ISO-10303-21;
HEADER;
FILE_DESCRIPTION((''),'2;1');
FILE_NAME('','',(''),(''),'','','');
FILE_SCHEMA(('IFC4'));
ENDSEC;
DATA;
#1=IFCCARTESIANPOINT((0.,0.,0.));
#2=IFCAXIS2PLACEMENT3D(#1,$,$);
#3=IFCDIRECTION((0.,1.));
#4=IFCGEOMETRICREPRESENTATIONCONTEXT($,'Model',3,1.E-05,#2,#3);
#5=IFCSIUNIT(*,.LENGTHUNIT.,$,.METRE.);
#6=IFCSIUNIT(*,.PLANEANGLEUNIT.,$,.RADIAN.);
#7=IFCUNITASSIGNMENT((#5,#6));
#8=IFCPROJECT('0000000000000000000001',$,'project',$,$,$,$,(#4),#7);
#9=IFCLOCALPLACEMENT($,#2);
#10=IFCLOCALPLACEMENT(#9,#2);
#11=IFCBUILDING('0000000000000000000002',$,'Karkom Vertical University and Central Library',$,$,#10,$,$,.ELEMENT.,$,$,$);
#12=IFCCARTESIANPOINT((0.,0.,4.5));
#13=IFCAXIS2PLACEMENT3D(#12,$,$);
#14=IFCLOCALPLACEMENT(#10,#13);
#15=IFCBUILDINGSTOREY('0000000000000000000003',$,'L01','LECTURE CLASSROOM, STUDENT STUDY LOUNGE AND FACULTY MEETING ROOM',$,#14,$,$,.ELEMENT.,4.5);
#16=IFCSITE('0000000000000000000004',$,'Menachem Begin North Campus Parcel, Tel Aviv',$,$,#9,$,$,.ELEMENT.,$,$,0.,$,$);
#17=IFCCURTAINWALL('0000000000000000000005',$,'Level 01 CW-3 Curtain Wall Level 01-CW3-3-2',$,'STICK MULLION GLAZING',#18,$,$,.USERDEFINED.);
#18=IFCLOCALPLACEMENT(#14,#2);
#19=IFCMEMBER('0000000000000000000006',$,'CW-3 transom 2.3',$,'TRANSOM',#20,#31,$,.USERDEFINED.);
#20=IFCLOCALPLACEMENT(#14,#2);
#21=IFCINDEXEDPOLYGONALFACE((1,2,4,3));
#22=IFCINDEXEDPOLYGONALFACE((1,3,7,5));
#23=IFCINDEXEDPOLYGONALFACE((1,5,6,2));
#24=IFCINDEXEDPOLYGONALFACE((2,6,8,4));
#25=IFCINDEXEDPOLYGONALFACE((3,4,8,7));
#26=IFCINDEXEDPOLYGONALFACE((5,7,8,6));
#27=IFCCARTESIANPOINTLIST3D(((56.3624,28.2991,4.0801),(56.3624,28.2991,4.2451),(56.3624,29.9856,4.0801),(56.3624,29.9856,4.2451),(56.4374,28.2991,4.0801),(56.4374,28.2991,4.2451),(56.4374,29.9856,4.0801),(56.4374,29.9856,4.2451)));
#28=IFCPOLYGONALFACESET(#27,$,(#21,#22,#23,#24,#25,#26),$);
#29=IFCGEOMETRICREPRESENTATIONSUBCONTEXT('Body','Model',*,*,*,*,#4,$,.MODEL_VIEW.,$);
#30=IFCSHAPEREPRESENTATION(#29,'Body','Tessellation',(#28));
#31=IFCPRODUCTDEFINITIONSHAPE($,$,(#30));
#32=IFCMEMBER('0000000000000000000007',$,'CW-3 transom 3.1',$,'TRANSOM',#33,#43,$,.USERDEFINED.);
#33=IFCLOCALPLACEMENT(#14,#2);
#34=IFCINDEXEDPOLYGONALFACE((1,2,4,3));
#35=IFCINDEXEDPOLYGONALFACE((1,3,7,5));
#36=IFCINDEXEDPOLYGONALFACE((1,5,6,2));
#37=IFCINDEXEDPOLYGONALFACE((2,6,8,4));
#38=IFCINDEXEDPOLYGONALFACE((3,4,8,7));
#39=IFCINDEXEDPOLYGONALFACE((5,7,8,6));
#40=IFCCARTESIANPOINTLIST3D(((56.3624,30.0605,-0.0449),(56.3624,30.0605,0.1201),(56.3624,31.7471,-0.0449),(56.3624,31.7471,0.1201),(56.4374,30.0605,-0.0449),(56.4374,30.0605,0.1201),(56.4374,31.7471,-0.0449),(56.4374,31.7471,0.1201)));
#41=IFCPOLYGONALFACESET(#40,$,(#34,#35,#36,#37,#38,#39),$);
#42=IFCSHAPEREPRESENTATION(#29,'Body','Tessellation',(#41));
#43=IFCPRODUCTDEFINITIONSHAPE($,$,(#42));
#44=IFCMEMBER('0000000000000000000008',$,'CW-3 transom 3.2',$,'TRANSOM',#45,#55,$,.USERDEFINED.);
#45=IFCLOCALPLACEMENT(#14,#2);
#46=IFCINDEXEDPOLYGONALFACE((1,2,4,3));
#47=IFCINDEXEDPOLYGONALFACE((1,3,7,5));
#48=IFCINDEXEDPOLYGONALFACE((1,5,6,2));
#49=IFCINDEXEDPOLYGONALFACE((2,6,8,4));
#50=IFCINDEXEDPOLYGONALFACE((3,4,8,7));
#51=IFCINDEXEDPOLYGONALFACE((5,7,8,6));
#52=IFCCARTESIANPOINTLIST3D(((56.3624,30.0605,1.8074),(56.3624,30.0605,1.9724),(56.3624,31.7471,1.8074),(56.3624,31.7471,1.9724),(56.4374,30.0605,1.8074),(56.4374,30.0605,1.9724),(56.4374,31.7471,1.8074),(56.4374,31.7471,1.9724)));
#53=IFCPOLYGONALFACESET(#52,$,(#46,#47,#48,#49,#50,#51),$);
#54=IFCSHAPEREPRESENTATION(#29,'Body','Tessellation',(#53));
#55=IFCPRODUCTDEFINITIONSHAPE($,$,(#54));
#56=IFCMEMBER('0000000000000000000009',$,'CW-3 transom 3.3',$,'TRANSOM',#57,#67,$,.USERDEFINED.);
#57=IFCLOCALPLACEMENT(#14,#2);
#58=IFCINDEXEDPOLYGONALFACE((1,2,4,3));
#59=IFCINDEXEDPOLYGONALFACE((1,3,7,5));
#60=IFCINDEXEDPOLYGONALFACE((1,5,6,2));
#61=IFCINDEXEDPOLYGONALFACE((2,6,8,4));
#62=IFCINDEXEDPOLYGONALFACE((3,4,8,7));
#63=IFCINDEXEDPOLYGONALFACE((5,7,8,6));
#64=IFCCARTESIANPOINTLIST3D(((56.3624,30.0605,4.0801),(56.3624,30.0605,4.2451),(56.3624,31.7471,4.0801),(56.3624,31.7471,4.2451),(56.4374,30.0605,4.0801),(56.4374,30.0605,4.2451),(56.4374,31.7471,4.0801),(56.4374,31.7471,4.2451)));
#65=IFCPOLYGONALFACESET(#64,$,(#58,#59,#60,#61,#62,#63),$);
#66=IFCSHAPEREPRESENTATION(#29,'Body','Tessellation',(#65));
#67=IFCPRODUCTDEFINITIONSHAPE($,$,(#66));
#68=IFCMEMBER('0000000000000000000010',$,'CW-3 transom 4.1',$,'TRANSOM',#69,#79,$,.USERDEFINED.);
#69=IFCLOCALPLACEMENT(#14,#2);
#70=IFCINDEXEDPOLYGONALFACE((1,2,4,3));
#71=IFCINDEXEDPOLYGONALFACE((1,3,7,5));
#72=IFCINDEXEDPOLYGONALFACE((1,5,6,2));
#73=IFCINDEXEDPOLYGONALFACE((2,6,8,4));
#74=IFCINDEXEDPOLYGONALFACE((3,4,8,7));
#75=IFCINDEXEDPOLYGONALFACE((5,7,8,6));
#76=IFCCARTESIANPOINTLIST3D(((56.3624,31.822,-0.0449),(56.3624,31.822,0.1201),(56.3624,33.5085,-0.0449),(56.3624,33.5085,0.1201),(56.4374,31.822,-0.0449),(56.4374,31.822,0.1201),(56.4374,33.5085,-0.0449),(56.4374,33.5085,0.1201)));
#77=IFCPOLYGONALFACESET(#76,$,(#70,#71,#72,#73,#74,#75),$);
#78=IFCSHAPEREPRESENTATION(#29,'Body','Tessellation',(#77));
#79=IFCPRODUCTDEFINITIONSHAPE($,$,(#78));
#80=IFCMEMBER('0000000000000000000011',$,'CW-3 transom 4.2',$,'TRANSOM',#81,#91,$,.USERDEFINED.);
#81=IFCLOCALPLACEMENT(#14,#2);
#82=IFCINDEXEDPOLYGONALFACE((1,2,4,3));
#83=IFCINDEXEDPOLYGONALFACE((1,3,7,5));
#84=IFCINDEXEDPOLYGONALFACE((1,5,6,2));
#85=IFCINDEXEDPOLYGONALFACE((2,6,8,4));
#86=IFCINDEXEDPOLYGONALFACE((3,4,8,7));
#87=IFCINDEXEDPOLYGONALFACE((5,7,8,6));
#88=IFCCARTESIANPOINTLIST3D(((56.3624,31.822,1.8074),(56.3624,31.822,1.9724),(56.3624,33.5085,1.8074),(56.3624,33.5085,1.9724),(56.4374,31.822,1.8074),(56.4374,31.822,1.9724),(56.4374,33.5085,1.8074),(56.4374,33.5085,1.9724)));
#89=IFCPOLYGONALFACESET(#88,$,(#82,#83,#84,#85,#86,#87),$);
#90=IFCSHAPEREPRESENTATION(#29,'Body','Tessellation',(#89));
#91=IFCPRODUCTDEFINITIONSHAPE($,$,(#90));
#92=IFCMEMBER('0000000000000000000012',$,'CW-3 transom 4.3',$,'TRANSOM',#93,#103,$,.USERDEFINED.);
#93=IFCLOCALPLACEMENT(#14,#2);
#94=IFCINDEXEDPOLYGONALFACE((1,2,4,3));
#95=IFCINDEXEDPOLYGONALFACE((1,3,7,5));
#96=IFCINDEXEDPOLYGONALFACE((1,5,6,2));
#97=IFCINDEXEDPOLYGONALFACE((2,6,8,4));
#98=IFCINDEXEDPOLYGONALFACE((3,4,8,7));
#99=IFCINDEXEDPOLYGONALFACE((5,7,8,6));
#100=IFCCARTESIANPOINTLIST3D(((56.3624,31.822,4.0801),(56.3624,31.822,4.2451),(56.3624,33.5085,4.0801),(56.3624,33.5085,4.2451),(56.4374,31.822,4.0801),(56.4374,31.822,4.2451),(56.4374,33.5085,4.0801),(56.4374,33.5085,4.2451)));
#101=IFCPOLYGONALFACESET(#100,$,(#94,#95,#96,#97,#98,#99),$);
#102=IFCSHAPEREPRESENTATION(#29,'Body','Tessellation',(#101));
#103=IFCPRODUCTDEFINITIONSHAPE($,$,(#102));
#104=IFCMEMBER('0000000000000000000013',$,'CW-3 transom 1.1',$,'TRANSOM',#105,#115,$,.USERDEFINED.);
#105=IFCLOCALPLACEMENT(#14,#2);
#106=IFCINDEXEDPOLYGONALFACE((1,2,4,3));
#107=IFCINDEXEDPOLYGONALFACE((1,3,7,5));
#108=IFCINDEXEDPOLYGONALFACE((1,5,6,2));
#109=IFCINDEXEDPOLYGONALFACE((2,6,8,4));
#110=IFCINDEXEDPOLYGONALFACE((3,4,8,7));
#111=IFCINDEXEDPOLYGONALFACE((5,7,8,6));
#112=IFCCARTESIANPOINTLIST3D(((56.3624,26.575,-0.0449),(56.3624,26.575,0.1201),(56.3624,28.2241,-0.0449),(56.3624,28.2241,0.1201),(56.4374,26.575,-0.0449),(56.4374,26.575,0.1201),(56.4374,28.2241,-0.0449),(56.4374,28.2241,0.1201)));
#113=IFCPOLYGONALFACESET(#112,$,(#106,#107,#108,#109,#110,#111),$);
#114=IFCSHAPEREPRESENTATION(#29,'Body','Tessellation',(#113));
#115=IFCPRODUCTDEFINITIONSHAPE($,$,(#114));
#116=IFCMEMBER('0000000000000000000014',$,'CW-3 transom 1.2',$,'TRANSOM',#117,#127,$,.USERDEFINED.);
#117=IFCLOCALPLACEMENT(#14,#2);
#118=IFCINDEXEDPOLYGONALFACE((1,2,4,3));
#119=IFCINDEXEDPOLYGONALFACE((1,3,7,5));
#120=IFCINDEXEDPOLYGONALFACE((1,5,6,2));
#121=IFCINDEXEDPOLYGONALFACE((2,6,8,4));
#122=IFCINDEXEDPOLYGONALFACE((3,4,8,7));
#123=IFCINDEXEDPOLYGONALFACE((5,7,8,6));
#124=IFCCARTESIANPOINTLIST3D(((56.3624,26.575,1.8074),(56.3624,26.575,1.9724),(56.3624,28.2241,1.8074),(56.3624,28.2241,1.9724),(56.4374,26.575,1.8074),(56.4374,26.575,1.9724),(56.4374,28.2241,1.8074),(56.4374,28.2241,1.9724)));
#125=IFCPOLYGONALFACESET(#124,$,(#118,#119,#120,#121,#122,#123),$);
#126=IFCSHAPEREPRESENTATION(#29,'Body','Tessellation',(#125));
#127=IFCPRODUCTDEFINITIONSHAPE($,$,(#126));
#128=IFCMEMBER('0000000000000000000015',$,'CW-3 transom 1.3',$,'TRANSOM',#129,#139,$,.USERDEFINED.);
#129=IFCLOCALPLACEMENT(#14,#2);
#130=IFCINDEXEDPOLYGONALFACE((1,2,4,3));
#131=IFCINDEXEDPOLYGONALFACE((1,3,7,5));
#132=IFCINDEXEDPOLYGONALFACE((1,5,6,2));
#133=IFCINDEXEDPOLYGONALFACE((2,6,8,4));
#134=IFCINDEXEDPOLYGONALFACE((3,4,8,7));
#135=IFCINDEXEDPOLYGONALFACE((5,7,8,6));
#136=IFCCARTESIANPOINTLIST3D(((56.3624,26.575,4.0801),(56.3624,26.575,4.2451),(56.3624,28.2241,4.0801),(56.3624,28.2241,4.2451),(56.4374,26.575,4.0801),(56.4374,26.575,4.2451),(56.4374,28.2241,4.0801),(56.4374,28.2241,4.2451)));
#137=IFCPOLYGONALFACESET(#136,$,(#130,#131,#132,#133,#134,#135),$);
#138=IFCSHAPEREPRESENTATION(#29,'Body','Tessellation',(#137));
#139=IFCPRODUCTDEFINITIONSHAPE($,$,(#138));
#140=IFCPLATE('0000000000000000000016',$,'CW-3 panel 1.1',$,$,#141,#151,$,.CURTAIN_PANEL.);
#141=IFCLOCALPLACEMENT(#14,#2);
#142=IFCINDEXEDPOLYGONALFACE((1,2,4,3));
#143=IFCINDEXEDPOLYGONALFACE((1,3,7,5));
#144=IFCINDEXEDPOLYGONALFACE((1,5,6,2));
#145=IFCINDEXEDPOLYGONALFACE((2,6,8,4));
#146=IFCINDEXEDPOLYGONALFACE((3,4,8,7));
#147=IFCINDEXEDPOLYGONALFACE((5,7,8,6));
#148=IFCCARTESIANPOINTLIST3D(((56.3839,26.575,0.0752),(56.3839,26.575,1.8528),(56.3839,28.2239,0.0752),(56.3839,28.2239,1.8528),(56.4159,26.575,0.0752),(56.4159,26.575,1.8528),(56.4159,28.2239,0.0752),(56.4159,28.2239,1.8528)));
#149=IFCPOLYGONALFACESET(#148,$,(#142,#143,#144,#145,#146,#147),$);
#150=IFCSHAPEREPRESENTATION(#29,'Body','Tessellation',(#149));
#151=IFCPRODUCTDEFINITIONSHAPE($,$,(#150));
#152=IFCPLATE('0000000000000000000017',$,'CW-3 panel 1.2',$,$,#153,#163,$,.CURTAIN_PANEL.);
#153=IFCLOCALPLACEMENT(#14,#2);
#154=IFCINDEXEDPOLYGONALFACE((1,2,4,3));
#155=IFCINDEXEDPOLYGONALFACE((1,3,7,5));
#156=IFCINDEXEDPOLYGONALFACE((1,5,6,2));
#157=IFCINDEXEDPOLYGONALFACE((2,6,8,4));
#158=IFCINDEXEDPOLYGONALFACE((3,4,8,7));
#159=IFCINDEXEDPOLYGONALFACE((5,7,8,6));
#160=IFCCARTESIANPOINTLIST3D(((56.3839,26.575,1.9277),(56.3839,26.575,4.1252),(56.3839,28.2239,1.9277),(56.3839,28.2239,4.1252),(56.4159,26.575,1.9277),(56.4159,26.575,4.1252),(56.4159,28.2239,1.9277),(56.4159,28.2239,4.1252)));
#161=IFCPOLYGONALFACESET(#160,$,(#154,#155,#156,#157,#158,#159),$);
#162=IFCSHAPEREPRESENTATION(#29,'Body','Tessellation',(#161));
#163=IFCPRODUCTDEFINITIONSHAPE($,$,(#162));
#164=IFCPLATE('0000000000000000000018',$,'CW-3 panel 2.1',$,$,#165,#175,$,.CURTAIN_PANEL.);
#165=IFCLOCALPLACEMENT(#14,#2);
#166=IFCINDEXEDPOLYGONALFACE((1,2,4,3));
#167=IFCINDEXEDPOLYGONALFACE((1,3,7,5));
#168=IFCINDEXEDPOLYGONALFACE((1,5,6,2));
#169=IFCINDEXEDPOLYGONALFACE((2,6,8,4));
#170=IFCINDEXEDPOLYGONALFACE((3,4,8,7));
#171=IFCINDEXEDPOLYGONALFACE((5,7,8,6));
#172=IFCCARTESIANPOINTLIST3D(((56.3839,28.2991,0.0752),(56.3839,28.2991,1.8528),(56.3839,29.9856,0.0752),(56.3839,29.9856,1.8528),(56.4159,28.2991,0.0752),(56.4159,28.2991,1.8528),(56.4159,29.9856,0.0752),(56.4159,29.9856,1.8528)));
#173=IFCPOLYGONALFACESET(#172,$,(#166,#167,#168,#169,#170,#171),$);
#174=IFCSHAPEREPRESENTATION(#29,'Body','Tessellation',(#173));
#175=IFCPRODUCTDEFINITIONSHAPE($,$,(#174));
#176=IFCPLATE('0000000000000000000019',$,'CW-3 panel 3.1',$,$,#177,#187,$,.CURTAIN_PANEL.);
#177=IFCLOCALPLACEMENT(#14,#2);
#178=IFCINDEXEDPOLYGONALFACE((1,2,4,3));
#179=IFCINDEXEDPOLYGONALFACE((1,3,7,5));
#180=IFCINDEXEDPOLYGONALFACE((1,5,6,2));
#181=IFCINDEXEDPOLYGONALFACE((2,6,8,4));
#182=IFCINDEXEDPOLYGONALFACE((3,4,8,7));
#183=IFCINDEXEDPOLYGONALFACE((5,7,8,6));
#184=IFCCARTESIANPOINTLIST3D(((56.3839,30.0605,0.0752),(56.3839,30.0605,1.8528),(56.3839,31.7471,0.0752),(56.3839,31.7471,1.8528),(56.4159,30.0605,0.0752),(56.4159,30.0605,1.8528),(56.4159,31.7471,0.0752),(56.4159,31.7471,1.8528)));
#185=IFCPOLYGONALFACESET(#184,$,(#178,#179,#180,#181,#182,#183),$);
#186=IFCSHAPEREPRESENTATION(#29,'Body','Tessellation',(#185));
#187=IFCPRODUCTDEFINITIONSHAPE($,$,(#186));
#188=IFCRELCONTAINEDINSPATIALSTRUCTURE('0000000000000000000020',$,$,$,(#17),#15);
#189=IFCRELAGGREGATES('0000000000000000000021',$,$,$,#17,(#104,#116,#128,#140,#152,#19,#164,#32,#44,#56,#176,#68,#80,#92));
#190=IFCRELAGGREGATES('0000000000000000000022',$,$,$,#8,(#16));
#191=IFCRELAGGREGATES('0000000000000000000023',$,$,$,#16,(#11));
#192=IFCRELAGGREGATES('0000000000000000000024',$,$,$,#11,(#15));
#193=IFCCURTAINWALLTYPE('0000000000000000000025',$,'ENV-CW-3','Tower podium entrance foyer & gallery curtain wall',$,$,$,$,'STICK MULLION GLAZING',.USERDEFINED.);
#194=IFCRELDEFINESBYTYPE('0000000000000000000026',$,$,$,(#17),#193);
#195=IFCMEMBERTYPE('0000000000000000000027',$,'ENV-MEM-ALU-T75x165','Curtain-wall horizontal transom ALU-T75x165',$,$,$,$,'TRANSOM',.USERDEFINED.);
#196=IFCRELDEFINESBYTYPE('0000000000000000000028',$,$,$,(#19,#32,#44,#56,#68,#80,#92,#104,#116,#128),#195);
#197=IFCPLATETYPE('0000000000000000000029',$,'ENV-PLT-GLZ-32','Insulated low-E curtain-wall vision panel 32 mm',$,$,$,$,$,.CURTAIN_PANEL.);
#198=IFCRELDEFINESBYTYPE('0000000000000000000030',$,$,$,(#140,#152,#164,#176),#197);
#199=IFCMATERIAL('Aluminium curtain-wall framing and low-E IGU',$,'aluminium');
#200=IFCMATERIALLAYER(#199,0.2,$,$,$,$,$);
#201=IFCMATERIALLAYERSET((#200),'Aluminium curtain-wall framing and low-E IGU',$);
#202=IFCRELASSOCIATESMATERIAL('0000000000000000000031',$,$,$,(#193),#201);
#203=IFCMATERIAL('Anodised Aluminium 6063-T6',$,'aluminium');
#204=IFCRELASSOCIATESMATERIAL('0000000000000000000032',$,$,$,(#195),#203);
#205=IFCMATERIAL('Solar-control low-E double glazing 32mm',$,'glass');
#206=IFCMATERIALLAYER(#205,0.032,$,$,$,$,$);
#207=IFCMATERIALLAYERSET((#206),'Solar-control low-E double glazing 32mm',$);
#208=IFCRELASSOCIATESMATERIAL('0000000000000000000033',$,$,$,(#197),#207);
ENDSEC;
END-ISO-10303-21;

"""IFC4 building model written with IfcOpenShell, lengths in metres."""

from ifc_helpers import new_model, si_unit, direction, frame, origin, origin_with_axes, origin_2d, place, context, subcontext, project, spatial, rectangle, extrude, source, transform, mapped, material, layer, layer_set, material_profile, profile_set, type_object, element, aggregate, save


model = new_model("IFC4")

# Units and contexts
model_context = context("Model", 3, precision=1e-05, world=origin(), true_north=direction((0.0, 1.0)))
body_context = subcontext(model_context, "Body", "Model", "MODEL_VIEW")
ifc_project = project(units=[si_unit("LENGTHUNIT", "METRE"), si_unit("PLANEANGLEUNIT", "RADIAN")], contexts=[model_context])

# Site, building, storey
site_placement = place(None, origin())
site = spatial("IfcSite", under=ifc_project, at=site_placement, Name="Menachem Begin North Campus Parcel, Tel Aviv", CompositionType="ELEMENT", RefElevation=0.0)
building_placement = place(site_placement, origin())
building = spatial("IfcBuilding", under=site, at=building_placement, Name="Karkom Vertical University and Central Library", CompositionType="ELEMENT")
storey_placement = place(building_placement, frame((0.0, 0.0, 4.5)))
storey = spatial("IfcBuildingStorey", under=building, at=storey_placement, Name="L01", Description="LECTURE CLASSROOM, STUDENT STUDY LOUNGE AND FACULTY MEETING ROOM", CompositionType="ELEMENT", Elevation=4.5)

# Curtain wall, members, plates
ifc_material_1 = material(Name="Aluminium curtain-wall framing and low-E IGU", Category="aluminium")
ifc_layer_1 = layer(ifc_material_1, 0.2)
ifc_layer_set_1 = layer_set([ifc_layer_1], Name="Aluminium curtain-wall framing and low-E IGU")
curtain_wall_type = type_object("IfcCurtainWallType", Name="ENV-CW-3", Description="Tower podium entrance foyer & gallery curtain wall", ElementType="STICK MULLION GLAZING", PredefinedType="USERDEFINED", material=ifc_layer_set_1)
curtain_wall_placement = place(storey_placement, origin())
curtain_wall = element("IfcCurtainWall", 1, at=curtain_wall_placement, inside=storey, type_object=curtain_wall_type, Name="Level 01 CW-3 Curtain Wall Level 01-CW3-3-2", ObjectType="STICK MULLION GLAZING", PredefinedType="USERDEFINED")
ifc_material_2 = material(Name="Anodised Aluminium 6063-T6", Category="aluminium")
ifc_material_profile_1 = material_profile(ifc_material_2, rectangle(XDim=0.075, YDim=0.165, at=origin_2d()), Name="ALU-T75x165")
ifc_profile_set_1 = profile_set([ifc_material_profile_1], Name="Anodised Aluminium 6063-T6")
member_type_1 = type_object("IfcMemberType", Name="ENV-MEM-ALU-T75x165", Description="Curtain-wall horizontal transom ALU-T75x165", ElementType="TRANSOM", PredefinedType="USERDEFINED", material=ifc_profile_set_1)
shared_shape_1 = source(origin_with_axes(), body_context, "Body", "SweptSolid", [
    extrude(rectangle(XDim=0.075, YDim=0.165, at=origin_2d()), origin(), (0.0, 0.0, 1.0), 1.6865),
])
member_1_placement = place(storey_placement, frame((56.3999, 28.2991, 4.1626), z_axis=(0.0, 1.0, 0.0), x_axis=(-1.0, 0.0, 0.0)))
member_1 = element("IfcMember", 2, at=member_1_placement, type_object=member_type_1, Name="CW-3 transom 2.3", ObjectType="TRANSOM", PredefinedType="USERDEFINED", context=body_context, shape_type="MappedRepresentation", body=[
    mapped(shared_shape_1, transform((0.0, 0.0, 0.0), scale=1.0)),
])
member_2_placement = place(storey_placement, frame((56.3999, 30.0605, 0.0376), z_axis=(0.0, 1.0, 0.0), x_axis=(-1.0, 0.0, 0.0)))
member_2 = element("IfcMember", 3, at=member_2_placement, type_object=member_type_1, Name="CW-3 transom 3.1", ObjectType="TRANSOM", PredefinedType="USERDEFINED", context=body_context, shape_type="MappedRepresentation", body=[
    mapped(shared_shape_1, transform((0.0, 0.0, 0.0), scale=1.0)),
])
member_3_placement = place(storey_placement, frame((56.3999, 30.0605, 1.8899), z_axis=(0.0, 1.0, 0.0), x_axis=(-1.0, 0.0, 0.0)))
member_3 = element("IfcMember", 4, at=member_3_placement, type_object=member_type_1, Name="CW-3 transom 3.2", ObjectType="TRANSOM", PredefinedType="USERDEFINED", context=body_context, shape_type="MappedRepresentation", body=[
    mapped(shared_shape_1, transform((0.0, 0.0, 0.0), scale=1.0)),
])
member_4_placement = place(storey_placement, frame((56.3999, 30.0605, 4.1626), z_axis=(0.0, 1.0, 0.0), x_axis=(-1.0, 0.0, 0.0)))
member_4 = element("IfcMember", 5, at=member_4_placement, type_object=member_type_1, Name="CW-3 transom 3.3", ObjectType="TRANSOM", PredefinedType="USERDEFINED", context=body_context, shape_type="MappedRepresentation", body=[
    mapped(shared_shape_1, transform((0.0, 0.0, 0.0), scale=1.0)),
])
member_5_placement = place(storey_placement, frame((56.3999, 31.822, 0.0376), z_axis=(0.0, 1.0, 0.0), x_axis=(-1.0, 0.0, 0.0)))
member_5 = element("IfcMember", 6, at=member_5_placement, type_object=member_type_1, Name="CW-3 transom 4.1", ObjectType="TRANSOM", PredefinedType="USERDEFINED", context=body_context, shape_type="MappedRepresentation", body=[
    mapped(shared_shape_1, transform((0.0, 0.0, 0.0), scale=1.0)),
])
member_6_placement = place(storey_placement, frame((56.3999, 31.822, 1.8899), z_axis=(0.0, 1.0, 0.0), x_axis=(-1.0, 0.0, 0.0)))
member_6 = element("IfcMember", 7, at=member_6_placement, type_object=member_type_1, Name="CW-3 transom 4.2", ObjectType="TRANSOM", PredefinedType="USERDEFINED", context=body_context, shape_type="MappedRepresentation", body=[
    mapped(shared_shape_1, transform((0.0, 0.0, 0.0), scale=1.0)),
])
member_7_placement = place(storey_placement, frame((56.3999, 31.822, 4.1626), z_axis=(0.0, 1.0, 0.0), x_axis=(-1.0, 0.0, 0.0)))
member_7 = element("IfcMember", 8, at=member_7_placement, type_object=member_type_1, Name="CW-3 transom 4.3", ObjectType="TRANSOM", PredefinedType="USERDEFINED", context=body_context, shape_type="MappedRepresentation", body=[
    mapped(shared_shape_1, transform((0.0, 0.0, 0.0), scale=1.0)),
])
shared_shape_2 = source(origin_with_axes(), body_context, "Body", "SweptSolid", [
    extrude(rectangle(XDim=0.075, YDim=0.165, at=origin_2d()), origin(), (0.0, 0.0, 1.0), 1.6492),
])
member_8_placement = place(storey_placement, frame((56.3999, 26.575, 0.0376), z_axis=(0.0, 1.0, 0.0), x_axis=(-1.0, 0.0, 0.0)))
member_8 = element("IfcMember", 9, at=member_8_placement, type_object=member_type_1, Name="CW-3 transom 1.1", ObjectType="TRANSOM", PredefinedType="USERDEFINED", context=body_context, shape_type="MappedRepresentation", body=[
    mapped(shared_shape_2, transform((0.0, 0.0, 0.0), scale=1.0)),
])
member_9_placement = place(storey_placement, frame((56.3999, 26.575, 1.8899), z_axis=(0.0, 1.0, 0.0), x_axis=(-1.0, 0.0, 0.0)))
member_9 = element("IfcMember", 10, at=member_9_placement, type_object=member_type_1, Name="CW-3 transom 1.2", ObjectType="TRANSOM", PredefinedType="USERDEFINED", context=body_context, shape_type="MappedRepresentation", body=[
    mapped(shared_shape_2, transform((0.0, 0.0, 0.0), scale=1.0)),
])
member_10_placement = place(storey_placement, frame((56.3999, 26.575, 4.1626), z_axis=(0.0, 1.0, 0.0), x_axis=(-1.0, 0.0, 0.0)))
member_10 = element("IfcMember", 11, at=member_10_placement, type_object=member_type_1, Name="CW-3 transom 1.3", ObjectType="TRANSOM", PredefinedType="USERDEFINED", context=body_context, shape_type="MappedRepresentation", body=[
    mapped(shared_shape_2, transform((0.0, 0.0, 0.0), scale=1.0)),
])
ifc_material_3 = material(Name="Solar-control low-E double glazing 32mm", Category="glass")
ifc_layer_2 = layer(ifc_material_3, 0.032)
ifc_layer_set_2 = layer_set([ifc_layer_2], Name="Solar-control low-E double glazing 32mm")
plate_type = type_object("IfcPlateType", Name="ENV-PLT-GLZ-32", Description="Insulated low-E curtain-wall vision panel 32 mm", PredefinedType="CURTAIN_PANEL", material=ifc_layer_set_2)
shared_shape_3 = source(origin_with_axes(), body_context, "Body", "SweptSolid", [
    extrude(rectangle(XDim=1.6489, YDim=0.032, at=origin_2d()), origin(), (0.0, 0.0, 1.0), 1.7776),
])
plate_1_placement = place(storey_placement, frame((56.3999, 27.3994, 0.0752), z_axis=(0.0, 0.0, 1.0), x_axis=(0.0, 1.0, 0.0)))
plate_1 = element("IfcPlate", 12, at=plate_1_placement, type_object=plate_type, Name="CW-3 panel 1.1", PredefinedType="CURTAIN_PANEL", context=body_context, shape_type="MappedRepresentation", body=[
    mapped(shared_shape_3, transform((0.0, 0.0, 0.0), scale=1.0)),
])
shared_shape_4 = source(origin_with_axes(), body_context, "Body", "SweptSolid", [
    extrude(rectangle(XDim=1.6489, YDim=0.032, at=origin_2d()), origin(), (0.0, 0.0, 1.0), 2.1975),
])
plate_2_placement = place(storey_placement, frame((56.3999, 27.3994, 1.9277), z_axis=(0.0, 0.0, 1.0), x_axis=(0.0, 1.0, 0.0)))
plate_2 = element("IfcPlate", 13, at=plate_2_placement, type_object=plate_type, Name="CW-3 panel 1.2", PredefinedType="CURTAIN_PANEL", context=body_context, shape_type="MappedRepresentation", body=[
    mapped(shared_shape_4, transform((0.0, 0.0, 0.0), scale=1.0)),
])
shared_shape_5 = source(origin_with_axes(), body_context, "Body", "SweptSolid", [
    extrude(rectangle(XDim=1.6865, YDim=0.032, at=origin_2d()), origin(), (0.0, 0.0, 1.0), 1.7776),
])
plate_3_placement = place(storey_placement, frame((56.3999, 29.1423, 0.0752), z_axis=(0.0, 0.0, 1.0), x_axis=(0.0, 1.0, 0.0)))
plate_3 = element("IfcPlate", 14, at=plate_3_placement, type_object=plate_type, Name="CW-3 panel 2.1", PredefinedType="CURTAIN_PANEL", context=body_context, shape_type="MappedRepresentation", body=[
    mapped(shared_shape_5, transform((0.0, 0.0, 0.0), scale=1.0)),
])
plate_4_placement = place(storey_placement, frame((56.3999, 30.9038, 0.0752), z_axis=(0.0, 0.0, 1.0), x_axis=(0.0, 1.0, 0.0)))
plate_4 = element("IfcPlate", 15, at=plate_4_placement, type_object=plate_type, Name="CW-3 panel 3.1", PredefinedType="CURTAIN_PANEL", context=body_context, shape_type="MappedRepresentation", body=[
    mapped(shared_shape_5, transform((0.0, 0.0, 0.0), scale=1.0)),
])
aggregate(curtain_wall, [member_8, member_9, member_10, plate_1, plate_2, member_1, plate_3, member_2, member_3, member_4, plate_4, member_5, member_6, member_7])

save(model, "model.ifc")
